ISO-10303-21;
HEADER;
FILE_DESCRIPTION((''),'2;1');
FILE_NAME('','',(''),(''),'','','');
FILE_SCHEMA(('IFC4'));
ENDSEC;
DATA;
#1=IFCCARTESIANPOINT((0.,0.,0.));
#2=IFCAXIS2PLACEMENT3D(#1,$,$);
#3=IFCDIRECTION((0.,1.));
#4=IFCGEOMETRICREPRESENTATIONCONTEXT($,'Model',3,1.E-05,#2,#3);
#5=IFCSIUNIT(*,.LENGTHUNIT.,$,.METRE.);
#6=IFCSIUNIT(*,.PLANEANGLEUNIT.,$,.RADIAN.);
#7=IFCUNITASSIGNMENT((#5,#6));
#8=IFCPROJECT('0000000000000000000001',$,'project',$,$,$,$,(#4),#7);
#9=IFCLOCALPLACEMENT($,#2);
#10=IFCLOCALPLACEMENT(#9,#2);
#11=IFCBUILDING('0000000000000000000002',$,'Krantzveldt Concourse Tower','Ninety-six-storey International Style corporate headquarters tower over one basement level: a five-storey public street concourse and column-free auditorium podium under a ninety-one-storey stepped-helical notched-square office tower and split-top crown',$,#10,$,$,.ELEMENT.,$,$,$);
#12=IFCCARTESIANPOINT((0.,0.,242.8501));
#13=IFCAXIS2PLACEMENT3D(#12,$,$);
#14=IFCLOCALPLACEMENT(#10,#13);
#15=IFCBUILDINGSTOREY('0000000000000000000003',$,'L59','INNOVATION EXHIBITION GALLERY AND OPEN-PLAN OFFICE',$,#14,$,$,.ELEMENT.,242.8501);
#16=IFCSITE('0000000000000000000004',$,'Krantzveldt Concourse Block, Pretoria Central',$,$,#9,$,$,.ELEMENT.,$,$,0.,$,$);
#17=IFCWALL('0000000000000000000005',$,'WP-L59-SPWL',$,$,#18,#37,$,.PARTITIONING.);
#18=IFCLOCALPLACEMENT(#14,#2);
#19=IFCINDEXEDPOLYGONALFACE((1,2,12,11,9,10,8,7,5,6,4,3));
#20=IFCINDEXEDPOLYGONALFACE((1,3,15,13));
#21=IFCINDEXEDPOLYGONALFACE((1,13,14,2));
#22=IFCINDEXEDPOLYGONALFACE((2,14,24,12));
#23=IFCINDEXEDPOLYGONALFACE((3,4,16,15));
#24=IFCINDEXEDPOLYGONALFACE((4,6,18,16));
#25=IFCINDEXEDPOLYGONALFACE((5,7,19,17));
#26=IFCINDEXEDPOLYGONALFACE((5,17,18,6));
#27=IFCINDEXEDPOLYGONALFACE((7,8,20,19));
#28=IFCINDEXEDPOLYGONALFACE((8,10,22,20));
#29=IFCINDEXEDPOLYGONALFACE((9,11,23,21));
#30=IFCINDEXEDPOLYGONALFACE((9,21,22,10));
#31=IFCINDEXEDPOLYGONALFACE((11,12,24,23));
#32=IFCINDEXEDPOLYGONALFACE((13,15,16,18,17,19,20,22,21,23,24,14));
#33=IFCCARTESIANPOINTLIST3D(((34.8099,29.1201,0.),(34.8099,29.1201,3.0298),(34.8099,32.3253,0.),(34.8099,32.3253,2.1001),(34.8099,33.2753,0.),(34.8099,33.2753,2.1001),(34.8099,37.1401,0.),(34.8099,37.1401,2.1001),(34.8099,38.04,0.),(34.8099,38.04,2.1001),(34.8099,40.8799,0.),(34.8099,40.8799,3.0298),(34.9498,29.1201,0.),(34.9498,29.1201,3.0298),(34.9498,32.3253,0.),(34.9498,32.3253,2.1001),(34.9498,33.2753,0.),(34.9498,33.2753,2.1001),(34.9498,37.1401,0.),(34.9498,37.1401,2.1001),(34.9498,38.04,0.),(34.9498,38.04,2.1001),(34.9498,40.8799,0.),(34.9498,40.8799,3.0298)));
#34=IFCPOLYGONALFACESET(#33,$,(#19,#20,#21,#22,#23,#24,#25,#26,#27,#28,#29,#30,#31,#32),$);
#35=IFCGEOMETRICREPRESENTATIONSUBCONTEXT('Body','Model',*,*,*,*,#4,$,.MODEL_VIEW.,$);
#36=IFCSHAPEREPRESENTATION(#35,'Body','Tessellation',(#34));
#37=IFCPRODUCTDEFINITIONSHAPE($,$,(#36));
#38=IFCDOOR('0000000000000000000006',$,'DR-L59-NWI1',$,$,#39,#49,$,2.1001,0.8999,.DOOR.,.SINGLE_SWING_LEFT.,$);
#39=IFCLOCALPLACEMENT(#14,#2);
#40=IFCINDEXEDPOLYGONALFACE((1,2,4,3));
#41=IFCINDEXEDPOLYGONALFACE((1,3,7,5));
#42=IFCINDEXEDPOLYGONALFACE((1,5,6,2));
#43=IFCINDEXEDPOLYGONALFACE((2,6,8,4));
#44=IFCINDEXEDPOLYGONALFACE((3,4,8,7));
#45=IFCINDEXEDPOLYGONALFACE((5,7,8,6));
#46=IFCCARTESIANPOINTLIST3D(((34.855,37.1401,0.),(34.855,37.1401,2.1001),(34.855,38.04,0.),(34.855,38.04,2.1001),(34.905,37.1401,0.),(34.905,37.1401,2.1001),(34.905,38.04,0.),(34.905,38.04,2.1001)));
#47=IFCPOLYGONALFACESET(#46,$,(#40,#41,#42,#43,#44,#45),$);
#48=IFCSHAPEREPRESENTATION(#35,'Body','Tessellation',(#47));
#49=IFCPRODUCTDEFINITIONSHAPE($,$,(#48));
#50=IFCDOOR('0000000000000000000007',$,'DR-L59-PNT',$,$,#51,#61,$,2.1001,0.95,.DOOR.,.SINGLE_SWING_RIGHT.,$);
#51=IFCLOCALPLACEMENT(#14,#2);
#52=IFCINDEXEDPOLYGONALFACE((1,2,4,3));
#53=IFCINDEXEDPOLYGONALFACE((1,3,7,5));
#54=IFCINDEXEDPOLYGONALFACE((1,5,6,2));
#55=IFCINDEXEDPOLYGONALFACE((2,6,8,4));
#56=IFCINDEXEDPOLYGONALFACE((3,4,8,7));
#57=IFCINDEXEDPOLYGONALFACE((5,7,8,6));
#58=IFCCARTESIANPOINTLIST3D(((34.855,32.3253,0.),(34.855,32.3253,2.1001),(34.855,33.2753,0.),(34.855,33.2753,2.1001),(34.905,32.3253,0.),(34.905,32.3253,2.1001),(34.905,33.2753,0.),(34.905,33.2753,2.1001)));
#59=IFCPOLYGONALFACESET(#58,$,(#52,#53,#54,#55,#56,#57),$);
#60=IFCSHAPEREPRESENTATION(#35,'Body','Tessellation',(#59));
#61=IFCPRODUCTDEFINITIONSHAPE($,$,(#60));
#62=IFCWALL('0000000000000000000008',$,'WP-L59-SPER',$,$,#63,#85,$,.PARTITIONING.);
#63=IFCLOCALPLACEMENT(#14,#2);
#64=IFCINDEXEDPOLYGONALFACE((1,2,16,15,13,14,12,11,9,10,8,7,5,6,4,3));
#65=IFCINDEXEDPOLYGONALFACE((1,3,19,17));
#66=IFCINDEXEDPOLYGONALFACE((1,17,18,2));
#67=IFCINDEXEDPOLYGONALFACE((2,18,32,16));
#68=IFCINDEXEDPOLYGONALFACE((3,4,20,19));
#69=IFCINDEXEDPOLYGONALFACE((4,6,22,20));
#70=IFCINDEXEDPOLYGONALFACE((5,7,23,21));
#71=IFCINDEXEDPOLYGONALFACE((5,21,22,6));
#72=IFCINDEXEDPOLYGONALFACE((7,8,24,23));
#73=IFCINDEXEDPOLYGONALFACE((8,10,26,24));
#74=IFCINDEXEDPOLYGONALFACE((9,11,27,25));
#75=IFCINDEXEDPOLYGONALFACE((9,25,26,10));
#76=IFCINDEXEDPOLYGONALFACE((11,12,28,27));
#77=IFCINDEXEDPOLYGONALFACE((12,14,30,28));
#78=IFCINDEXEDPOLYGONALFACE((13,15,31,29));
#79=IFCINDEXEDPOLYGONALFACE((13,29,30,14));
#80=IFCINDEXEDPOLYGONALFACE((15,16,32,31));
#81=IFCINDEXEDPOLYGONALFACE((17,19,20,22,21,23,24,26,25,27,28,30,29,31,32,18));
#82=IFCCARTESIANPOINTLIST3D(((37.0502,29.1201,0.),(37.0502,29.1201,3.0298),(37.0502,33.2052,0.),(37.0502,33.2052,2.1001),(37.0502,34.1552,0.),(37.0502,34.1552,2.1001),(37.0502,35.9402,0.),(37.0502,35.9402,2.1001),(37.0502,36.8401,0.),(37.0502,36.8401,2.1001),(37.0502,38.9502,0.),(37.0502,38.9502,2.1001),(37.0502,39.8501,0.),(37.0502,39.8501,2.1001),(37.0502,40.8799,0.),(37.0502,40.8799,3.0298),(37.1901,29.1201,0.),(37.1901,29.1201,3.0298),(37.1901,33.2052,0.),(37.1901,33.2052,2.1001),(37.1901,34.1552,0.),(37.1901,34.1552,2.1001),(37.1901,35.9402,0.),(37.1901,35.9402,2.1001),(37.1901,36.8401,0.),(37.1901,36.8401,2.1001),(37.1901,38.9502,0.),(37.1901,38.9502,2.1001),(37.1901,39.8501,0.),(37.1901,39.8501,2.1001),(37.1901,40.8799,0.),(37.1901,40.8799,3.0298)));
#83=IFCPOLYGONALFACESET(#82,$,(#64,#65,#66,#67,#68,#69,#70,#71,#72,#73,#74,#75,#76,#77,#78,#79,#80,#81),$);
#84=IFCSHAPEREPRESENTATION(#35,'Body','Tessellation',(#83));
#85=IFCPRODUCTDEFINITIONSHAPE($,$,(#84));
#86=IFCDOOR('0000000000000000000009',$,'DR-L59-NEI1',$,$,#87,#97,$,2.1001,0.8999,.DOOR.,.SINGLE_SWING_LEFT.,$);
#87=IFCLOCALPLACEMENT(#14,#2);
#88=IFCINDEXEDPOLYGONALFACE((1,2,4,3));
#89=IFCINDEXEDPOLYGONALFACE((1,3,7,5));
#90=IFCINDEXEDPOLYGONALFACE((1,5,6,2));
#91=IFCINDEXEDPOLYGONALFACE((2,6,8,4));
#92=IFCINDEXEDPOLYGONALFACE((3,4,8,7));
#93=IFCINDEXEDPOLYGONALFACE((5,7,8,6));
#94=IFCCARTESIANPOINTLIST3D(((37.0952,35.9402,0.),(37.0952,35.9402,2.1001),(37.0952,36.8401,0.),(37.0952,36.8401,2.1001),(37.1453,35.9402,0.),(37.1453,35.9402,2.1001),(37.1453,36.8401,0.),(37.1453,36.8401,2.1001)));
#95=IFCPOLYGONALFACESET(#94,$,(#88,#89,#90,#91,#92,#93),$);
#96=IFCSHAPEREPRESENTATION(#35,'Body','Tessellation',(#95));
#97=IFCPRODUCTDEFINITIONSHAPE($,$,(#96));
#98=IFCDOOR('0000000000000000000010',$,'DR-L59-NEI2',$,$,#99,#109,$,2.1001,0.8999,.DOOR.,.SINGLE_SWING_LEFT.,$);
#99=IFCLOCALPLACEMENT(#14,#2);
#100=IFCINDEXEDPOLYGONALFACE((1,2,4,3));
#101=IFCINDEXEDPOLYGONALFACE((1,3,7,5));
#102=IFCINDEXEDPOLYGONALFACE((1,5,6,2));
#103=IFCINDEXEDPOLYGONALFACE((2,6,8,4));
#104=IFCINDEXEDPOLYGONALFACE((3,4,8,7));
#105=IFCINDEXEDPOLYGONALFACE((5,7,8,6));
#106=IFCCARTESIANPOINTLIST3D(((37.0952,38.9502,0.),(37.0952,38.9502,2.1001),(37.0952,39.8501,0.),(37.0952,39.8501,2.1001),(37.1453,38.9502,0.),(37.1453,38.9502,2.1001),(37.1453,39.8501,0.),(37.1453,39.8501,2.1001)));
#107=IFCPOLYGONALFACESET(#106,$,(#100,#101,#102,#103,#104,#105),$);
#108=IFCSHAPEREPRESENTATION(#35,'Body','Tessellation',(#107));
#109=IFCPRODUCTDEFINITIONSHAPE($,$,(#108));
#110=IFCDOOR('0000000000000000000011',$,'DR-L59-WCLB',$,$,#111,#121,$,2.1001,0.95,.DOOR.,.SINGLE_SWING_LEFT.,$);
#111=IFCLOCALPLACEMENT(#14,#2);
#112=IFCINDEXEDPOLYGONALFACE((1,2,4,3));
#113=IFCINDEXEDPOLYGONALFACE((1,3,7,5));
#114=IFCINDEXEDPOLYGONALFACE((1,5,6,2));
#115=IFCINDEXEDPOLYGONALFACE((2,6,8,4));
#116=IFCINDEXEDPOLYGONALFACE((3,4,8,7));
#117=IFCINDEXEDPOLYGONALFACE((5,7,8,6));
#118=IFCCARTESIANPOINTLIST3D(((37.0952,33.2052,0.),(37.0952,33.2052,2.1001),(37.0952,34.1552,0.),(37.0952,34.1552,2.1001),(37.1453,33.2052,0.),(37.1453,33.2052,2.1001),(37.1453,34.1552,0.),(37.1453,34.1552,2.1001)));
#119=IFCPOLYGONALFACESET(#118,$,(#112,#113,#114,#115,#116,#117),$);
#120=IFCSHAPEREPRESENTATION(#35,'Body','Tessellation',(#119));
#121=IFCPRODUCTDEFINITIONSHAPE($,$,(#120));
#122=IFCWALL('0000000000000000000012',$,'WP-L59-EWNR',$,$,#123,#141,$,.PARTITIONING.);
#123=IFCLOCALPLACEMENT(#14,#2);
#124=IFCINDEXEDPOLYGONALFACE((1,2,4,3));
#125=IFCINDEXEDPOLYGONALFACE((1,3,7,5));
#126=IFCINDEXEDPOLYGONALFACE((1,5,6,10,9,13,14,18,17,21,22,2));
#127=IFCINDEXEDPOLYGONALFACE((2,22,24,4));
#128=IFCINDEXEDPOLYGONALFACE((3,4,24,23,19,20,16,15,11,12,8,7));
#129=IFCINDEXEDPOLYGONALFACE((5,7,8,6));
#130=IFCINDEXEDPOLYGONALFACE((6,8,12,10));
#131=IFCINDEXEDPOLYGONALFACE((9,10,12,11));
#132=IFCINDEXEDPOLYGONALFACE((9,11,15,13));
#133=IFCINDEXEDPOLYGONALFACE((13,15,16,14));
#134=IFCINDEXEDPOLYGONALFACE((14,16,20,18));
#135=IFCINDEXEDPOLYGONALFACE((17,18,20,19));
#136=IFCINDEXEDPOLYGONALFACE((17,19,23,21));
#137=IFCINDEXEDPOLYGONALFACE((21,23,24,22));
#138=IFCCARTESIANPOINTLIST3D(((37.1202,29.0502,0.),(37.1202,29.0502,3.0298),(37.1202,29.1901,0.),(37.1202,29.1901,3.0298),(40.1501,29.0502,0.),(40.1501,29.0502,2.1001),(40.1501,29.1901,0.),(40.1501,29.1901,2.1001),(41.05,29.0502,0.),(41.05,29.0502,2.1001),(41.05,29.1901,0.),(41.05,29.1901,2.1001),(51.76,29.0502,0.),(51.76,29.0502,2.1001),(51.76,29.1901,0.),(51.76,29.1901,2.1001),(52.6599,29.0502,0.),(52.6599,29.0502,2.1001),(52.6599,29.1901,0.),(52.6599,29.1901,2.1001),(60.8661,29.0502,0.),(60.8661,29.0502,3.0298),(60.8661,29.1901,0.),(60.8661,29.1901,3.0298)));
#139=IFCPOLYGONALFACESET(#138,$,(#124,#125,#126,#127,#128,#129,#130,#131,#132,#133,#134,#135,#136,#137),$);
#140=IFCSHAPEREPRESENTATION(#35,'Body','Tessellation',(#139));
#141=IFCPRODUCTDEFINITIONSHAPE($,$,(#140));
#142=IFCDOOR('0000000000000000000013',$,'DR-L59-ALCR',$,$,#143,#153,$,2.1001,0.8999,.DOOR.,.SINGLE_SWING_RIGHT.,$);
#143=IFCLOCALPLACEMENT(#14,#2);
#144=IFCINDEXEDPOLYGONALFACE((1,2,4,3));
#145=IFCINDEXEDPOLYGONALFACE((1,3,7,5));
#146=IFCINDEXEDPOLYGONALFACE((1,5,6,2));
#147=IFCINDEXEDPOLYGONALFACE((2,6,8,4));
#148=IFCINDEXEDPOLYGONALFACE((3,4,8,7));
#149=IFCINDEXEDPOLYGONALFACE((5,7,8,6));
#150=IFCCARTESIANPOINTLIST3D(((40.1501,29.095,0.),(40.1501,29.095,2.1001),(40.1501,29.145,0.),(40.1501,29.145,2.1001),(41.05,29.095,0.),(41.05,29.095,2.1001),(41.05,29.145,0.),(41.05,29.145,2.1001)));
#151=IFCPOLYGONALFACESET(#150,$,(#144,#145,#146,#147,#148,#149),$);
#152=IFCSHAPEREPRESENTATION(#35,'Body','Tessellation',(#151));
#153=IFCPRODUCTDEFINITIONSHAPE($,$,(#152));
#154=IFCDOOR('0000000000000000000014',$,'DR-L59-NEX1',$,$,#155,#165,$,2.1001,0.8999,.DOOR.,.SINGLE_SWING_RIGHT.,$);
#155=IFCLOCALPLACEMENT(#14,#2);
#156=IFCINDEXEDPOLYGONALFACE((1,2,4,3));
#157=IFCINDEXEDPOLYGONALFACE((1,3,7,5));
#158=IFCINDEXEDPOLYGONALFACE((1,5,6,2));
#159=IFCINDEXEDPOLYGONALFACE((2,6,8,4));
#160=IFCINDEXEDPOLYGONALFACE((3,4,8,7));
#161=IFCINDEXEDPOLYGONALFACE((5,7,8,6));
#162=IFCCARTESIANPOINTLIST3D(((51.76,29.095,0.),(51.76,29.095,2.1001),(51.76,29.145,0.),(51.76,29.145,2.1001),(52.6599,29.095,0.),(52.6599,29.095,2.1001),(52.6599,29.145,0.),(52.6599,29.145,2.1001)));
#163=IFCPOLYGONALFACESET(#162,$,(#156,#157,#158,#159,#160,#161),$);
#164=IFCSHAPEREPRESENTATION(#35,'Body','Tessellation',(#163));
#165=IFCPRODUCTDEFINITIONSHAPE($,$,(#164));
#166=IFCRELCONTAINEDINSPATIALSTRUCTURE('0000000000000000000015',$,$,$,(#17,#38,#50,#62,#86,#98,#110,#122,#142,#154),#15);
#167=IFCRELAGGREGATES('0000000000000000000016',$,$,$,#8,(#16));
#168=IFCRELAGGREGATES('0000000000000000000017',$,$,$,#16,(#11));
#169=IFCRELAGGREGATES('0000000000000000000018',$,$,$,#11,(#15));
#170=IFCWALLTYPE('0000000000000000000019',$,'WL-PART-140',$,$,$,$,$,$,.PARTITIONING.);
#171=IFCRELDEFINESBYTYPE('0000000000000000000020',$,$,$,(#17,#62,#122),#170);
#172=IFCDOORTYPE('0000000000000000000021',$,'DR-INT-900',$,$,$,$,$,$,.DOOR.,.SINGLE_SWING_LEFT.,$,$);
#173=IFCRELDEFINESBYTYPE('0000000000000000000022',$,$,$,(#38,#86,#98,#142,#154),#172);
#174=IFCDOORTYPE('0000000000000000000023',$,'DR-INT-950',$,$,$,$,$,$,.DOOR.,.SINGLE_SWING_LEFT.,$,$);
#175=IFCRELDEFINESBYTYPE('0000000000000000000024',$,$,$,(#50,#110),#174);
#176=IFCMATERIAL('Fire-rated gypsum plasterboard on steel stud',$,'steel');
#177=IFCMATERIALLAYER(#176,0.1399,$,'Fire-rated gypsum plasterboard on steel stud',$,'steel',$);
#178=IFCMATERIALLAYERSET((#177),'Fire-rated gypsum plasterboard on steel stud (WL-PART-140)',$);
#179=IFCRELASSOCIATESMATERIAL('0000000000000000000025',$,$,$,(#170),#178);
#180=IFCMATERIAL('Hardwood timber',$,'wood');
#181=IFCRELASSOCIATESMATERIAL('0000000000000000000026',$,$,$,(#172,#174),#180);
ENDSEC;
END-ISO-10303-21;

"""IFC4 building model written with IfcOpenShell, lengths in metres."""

from ifc_helpers import new_model, si_unit, direction, frame, frame_2d, origin, place, context, subcontext, project, spatial, rectangle, extrude, material, layer, layer_set, type_object, element, fill, save


model = new_model("IFC4")

# Units and contexts
model_context = context("Model", 3, precision=1e-05, world=origin(), true_north=direction((0.0, 1.0)))
body_context = subcontext(model_context, "Body", "Model", "MODEL_VIEW")
ifc_project = project(units=[si_unit("LENGTHUNIT", "METRE"), si_unit("PLANEANGLEUNIT", "RADIAN")], contexts=[model_context])

# Site, building, storey
site_placement = place(None, origin())
site = spatial("IfcSite", under=ifc_project, at=site_placement, Name="Krantzveldt Concourse Block, Pretoria Central", CompositionType="ELEMENT", RefElevation=0.0)
building_placement = place(site_placement, origin())
building = spatial("IfcBuilding", under=site, at=building_placement, Name="Krantzveldt Concourse Tower", Description="Ninety-six-storey International Style corporate headquarters tower over one basement level: a five-storey public street concourse and column-free auditorium podium under a ninety-one-storey stepped-helical notched-square office tower and split-top crown", CompositionType="ELEMENT")
storey_placement = place(building_placement, frame((0.0, 0.0, 242.8501)))
storey = spatial("IfcBuildingStorey", under=building, at=storey_placement, Name="L59", Description="INNOVATION EXHIBITION GALLERY AND OPEN-PLAN OFFICE", CompositionType="ELEMENT", Elevation=242.8501)

# Shared definitions
ifc_material_1 = material(Name="Fire-rated gypsum plasterboard on steel stud", Category="steel")

# Walls, openings, doors
ifc_layer_1 = layer(ifc_material_1, 0.1399, Name="Fire-rated gypsum plasterboard on steel stud", Category="steel")
ifc_layer_set_1 = layer_set([ifc_layer_1], Name="Fire-rated gypsum plasterboard on steel stud (WL-PART-140)")
wall_type_1 = type_object("IfcWallType", Name="WL-PART-140", PredefinedType="PARTITIONING", material=ifc_layer_set_1)
wall_1_placement = place(storey_placement, frame((34.8799, 29.1201, 0.0), z_axis=(0.0, 0.0, 1.0), x_axis=(0.0, 1.0, 0.0)))
wall_1 = element("IfcWall", 1, at=wall_1_placement, inside=storey, type_object=wall_type_1, Name="WP-L59-SPWL", PredefinedType="PARTITIONING", context=body_context, shape_type="SweptSolid", body=[
    extrude(rectangle(XDim=11.7598, YDim=0.1399, at=frame_2d((5.8799, 0.0))), origin(), (0.0, 0.0, 1.0), 3.0298),
])
opening_1_placement = place(wall_1_placement, frame((3.2051, 0.0, 0.0)))
opening_1 = element("IfcOpeningElement", 2, at=opening_1_placement, cuts=wall_1, PredefinedType="OPENING", context=body_context, shape_type="SweptSolid", body=[
    extrude(rectangle(XDim=0.95, YDim=2.1001, at=frame_2d((0.4751, 1.05))), frame((0.0, 0.0801, 0.0), z_axis=(0.0, -1.0, 0.0), x_axis=(1.0, 0.0, 0.0)), (0.0, 0.0, 1.0), 0.1599),
])
opening_2_placement = place(wall_1_placement, frame((8.02, 0.0, 0.0)))
opening_2 = element("IfcOpeningElement", 3, at=opening_2_placement, cuts=wall_1, PredefinedType="OPENING", context=body_context, shape_type="SweptSolid", body=[
    extrude(rectangle(XDim=0.8999, YDim=2.1001, at=frame_2d((0.45, 1.05))), frame((0.0, 0.0801, 0.0), z_axis=(0.0, -1.0, 0.0), x_axis=(1.0, 0.0, 0.0)), (0.0, 0.0, 1.0), 0.1599),
])
ifc_material_2 = material(Name="Hardwood timber", Category="wood")
door_type_1 = type_object("IfcDoorType", Name="DR-INT-900", OperationType="SINGLE_SWING_LEFT", PredefinedType="DOOR", material=ifc_material_2)
door_1_placement = place(opening_2_placement, origin())
door_1 = element("IfcDoor", 4, at=door_1_placement, inside=storey, type_object=door_type_1, Name="DR-L59-NWI1", OperationType="SINGLE_SWING_LEFT", OverallHeight=2.1001, OverallWidth=0.8999, PredefinedType="DOOR", context=body_context, shape_type="SweptSolid", body=[
    extrude(rectangle(XDim=0.8999, YDim=2.1001, at=frame_2d((0.45, 1.05))), frame((0.0, 0.0249, 0.0), z_axis=(0.0, -1.0, 0.0), x_axis=(1.0, 0.0, 0.0)), (0.0, 0.0, 1.0), 0.05),
])
fill(opening_2, door_1)
door_type_2 = type_object("IfcDoorType", Name="DR-INT-950", OperationType="SINGLE_SWING_LEFT", PredefinedType="DOOR", material=ifc_material_2)
door_2_placement = place(opening_1_placement, origin())
door_2 = element("IfcDoor", 5, at=door_2_placement, inside=storey, type_object=door_type_2, Name="DR-L59-PNT", OperationType="SINGLE_SWING_RIGHT", OverallHeight=2.1001, OverallWidth=0.95, PredefinedType="DOOR", context=body_context, shape_type="SweptSolid", body=[
    extrude(rectangle(XDim=0.95, YDim=2.1001, at=frame_2d((0.4751, 1.05))), frame((0.0, 0.0249, 0.0), z_axis=(0.0, -1.0, 0.0), x_axis=(1.0, 0.0, 0.0)), (0.0, 0.0, 1.0), 0.05),
])
fill(opening_1, door_2)
wall_2_placement = place(storey_placement, frame((37.1201, 29.1201, 0.0), z_axis=(0.0, 0.0, 1.0), x_axis=(0.0, 1.0, 0.0)))
wall_2 = element("IfcWall", 6, at=wall_2_placement, inside=storey, type_object=wall_type_1, Name="WP-L59-SPER", PredefinedType="PARTITIONING", context=body_context, shape_type="SweptSolid", body=[
    extrude(rectangle(XDim=11.7598, YDim=0.1399, at=frame_2d((5.8799, 0.0))), origin(), (0.0, 0.0, 1.0), 3.0298),
])
opening_3_placement = place(wall_2_placement, frame((4.085, 0.0, 0.0)))
opening_3 = element("IfcOpeningElement", 7, at=opening_3_placement, cuts=wall_2, PredefinedType="OPENING", context=body_context, shape_type="SweptSolid", body=[
    extrude(rectangle(XDim=0.95, YDim=2.1001, at=frame_2d((0.4751, 1.05))), frame((0.0, 0.0801, 0.0), z_axis=(0.0, -1.0, 0.0), x_axis=(1.0, 0.0, 0.0)), (0.0, 0.0, 1.0), 0.1599),
])
opening_4_placement = place(wall_2_placement, frame((6.8201, 0.0, 0.0)))
opening_4 = element("IfcOpeningElement", 8, at=opening_4_placement, cuts=wall_2, PredefinedType="OPENING", context=body_context, shape_type="SweptSolid", body=[
    extrude(rectangle(XDim=0.8999, YDim=2.1001, at=frame_2d((0.45, 1.05))), frame((0.0, 0.0801, 0.0), z_axis=(0.0, -1.0, 0.0), x_axis=(1.0, 0.0, 0.0)), (0.0, 0.0, 1.0), 0.1599),
])
opening_5_placement = place(wall_2_placement, frame((9.8301, 0.0, 0.0)))
opening_5 = element("IfcOpeningElement", 9, at=opening_5_placement, cuts=wall_2, PredefinedType="OPENING", context=body_context, shape_type="SweptSolid", body=[
    extrude(rectangle(XDim=0.8999, YDim=2.1001, at=frame_2d((0.45, 1.05))), frame((0.0, 0.0801, 0.0), z_axis=(0.0, -1.0, 0.0), x_axis=(1.0, 0.0, 0.0)), (0.0, 0.0, 1.0), 0.1599),
])
door_3_placement = place(opening_4_placement, origin())
door_3 = element("IfcDoor", 10, at=door_3_placement, inside=storey, type_object=door_type_1, Name="DR-L59-NEI1", OperationType="SINGLE_SWING_LEFT", OverallHeight=2.1001, OverallWidth=0.8999, PredefinedType="DOOR", context=body_context, shape_type="SweptSolid", body=[
    extrude(rectangle(XDim=0.8999, YDim=2.1001, at=frame_2d((0.45, 1.05))), frame((0.0, 0.0249, 0.0), z_axis=(0.0, -1.0, 0.0), x_axis=(1.0, 0.0, 0.0)), (0.0, 0.0, 1.0), 0.05),
])
fill(opening_4, door_3)
door_4_placement = place(opening_5_placement, origin())
door_4 = element("IfcDoor", 11, at=door_4_placement, inside=storey, type_object=door_type_1, Name="DR-L59-NEI2", OperationType="SINGLE_SWING_LEFT", OverallHeight=2.1001, OverallWidth=0.8999, PredefinedType="DOOR", context=body_context, shape_type="SweptSolid", body=[
    extrude(rectangle(XDim=0.8999, YDim=2.1001, at=frame_2d((0.45, 1.05))), frame((0.0, 0.0249, 0.0), z_axis=(0.0, -1.0, 0.0), x_axis=(1.0, 0.0, 0.0)), (0.0, 0.0, 1.0), 0.05),
])
fill(opening_5, door_4)
door_5_placement = place(opening_3_placement, origin())
door_5 = element("IfcDoor", 12, at=door_5_placement, inside=storey, type_object=door_type_2, Name="DR-L59-WCLB", OperationType="SINGLE_SWING_LEFT", OverallHeight=2.1001, OverallWidth=0.95, PredefinedType="DOOR", context=body_context, shape_type="SweptSolid", body=[
    extrude(rectangle(XDim=0.95, YDim=2.1001, at=frame_2d((0.4751, 1.05))), frame((0.0, 0.0249, 0.0), z_axis=(0.0, -1.0, 0.0), x_axis=(1.0, 0.0, 0.0)), (0.0, 0.0, 1.0), 0.05),
])
fill(opening_3, door_5)
wall_3_placement = place(storey_placement, frame((37.1201, 29.1201, 0.0), z_axis=(0.0, 0.0, 1.0), x_axis=(1.0, 0.0, 0.0)))
wall_3 = element("IfcWall", 13, at=wall_3_placement, inside=storey, type_object=wall_type_1, Name="WP-L59-EWNR", PredefinedType="PARTITIONING", context=body_context, shape_type="SweptSolid", body=[
    extrude(rectangle(XDim=23.7458, YDim=0.1399, at=frame_2d((11.873, 0.0))), origin(), (0.0, 0.0, 1.0), 3.0298),
])
opening_6_placement = place(wall_3_placement, frame((3.03, 0.0, 0.0)))
opening_6 = element("IfcOpeningElement", 14, at=opening_6_placement, cuts=wall_3, PredefinedType="OPENING", context=body_context, shape_type="SweptSolid", body=[
    extrude(rectangle(XDim=0.8999, YDim=2.1001, at=frame_2d((0.45, 1.05))), frame((0.0, 0.0801, 0.0), z_axis=(0.0, -1.0, 0.0), x_axis=(1.0, 0.0, 0.0)), (0.0, 0.0, 1.0), 0.1599),
])
opening_7_placement = place(wall_3_placement, frame((14.6399, 0.0, 0.0)))
opening_7 = element("IfcOpeningElement", 15, at=opening_7_placement, cuts=wall_3, PredefinedType="OPENING", context=body_context, shape_type="SweptSolid", body=[
    extrude(rectangle(XDim=0.8999, YDim=2.1001, at=frame_2d((0.45, 1.05))), frame((0.0, 0.0801, 0.0), z_axis=(0.0, -1.0, 0.0), x_axis=(1.0, 0.0, 0.0)), (0.0, 0.0, 1.0), 0.1599),
])
door_6_placement = place(opening_6_placement, origin())
door_6 = element("IfcDoor", 16, at=door_6_placement, inside=storey, type_object=door_type_1, Name="DR-L59-ALCR", OperationType="SINGLE_SWING_RIGHT", OverallHeight=2.1001, OverallWidth=0.8999, PredefinedType="DOOR", context=body_context, shape_type="SweptSolid", body=[
    extrude(rectangle(XDim=0.8999, YDim=2.1001, at=frame_2d((0.45, 1.05))), frame((0.0, 0.0249, 0.0), z_axis=(0.0, -1.0, 0.0), x_axis=(1.0, 0.0, 0.0)), (0.0, 0.0, 1.0), 0.05),
])
fill(opening_6, door_6)
door_7_placement = place(opening_7_placement, origin())
door_7 = element("IfcDoor", 17, at=door_7_placement, inside=storey, type_object=door_type_1, Name="DR-L59-NEX1", OperationType="SINGLE_SWING_RIGHT", OverallHeight=2.1001, OverallWidth=0.8999, PredefinedType="DOOR", context=body_context, shape_type="SweptSolid", body=[
    extrude(rectangle(XDim=0.8999, YDim=2.1001, at=frame_2d((0.45, 1.05))), frame((0.0, 0.0249, 0.0), z_axis=(0.0, -1.0, 0.0), x_axis=(1.0, 0.0, 0.0)), (0.0, 0.0, 1.0), 0.05),
])
fill(opening_7, door_7)

save(model, "model.ifc")
